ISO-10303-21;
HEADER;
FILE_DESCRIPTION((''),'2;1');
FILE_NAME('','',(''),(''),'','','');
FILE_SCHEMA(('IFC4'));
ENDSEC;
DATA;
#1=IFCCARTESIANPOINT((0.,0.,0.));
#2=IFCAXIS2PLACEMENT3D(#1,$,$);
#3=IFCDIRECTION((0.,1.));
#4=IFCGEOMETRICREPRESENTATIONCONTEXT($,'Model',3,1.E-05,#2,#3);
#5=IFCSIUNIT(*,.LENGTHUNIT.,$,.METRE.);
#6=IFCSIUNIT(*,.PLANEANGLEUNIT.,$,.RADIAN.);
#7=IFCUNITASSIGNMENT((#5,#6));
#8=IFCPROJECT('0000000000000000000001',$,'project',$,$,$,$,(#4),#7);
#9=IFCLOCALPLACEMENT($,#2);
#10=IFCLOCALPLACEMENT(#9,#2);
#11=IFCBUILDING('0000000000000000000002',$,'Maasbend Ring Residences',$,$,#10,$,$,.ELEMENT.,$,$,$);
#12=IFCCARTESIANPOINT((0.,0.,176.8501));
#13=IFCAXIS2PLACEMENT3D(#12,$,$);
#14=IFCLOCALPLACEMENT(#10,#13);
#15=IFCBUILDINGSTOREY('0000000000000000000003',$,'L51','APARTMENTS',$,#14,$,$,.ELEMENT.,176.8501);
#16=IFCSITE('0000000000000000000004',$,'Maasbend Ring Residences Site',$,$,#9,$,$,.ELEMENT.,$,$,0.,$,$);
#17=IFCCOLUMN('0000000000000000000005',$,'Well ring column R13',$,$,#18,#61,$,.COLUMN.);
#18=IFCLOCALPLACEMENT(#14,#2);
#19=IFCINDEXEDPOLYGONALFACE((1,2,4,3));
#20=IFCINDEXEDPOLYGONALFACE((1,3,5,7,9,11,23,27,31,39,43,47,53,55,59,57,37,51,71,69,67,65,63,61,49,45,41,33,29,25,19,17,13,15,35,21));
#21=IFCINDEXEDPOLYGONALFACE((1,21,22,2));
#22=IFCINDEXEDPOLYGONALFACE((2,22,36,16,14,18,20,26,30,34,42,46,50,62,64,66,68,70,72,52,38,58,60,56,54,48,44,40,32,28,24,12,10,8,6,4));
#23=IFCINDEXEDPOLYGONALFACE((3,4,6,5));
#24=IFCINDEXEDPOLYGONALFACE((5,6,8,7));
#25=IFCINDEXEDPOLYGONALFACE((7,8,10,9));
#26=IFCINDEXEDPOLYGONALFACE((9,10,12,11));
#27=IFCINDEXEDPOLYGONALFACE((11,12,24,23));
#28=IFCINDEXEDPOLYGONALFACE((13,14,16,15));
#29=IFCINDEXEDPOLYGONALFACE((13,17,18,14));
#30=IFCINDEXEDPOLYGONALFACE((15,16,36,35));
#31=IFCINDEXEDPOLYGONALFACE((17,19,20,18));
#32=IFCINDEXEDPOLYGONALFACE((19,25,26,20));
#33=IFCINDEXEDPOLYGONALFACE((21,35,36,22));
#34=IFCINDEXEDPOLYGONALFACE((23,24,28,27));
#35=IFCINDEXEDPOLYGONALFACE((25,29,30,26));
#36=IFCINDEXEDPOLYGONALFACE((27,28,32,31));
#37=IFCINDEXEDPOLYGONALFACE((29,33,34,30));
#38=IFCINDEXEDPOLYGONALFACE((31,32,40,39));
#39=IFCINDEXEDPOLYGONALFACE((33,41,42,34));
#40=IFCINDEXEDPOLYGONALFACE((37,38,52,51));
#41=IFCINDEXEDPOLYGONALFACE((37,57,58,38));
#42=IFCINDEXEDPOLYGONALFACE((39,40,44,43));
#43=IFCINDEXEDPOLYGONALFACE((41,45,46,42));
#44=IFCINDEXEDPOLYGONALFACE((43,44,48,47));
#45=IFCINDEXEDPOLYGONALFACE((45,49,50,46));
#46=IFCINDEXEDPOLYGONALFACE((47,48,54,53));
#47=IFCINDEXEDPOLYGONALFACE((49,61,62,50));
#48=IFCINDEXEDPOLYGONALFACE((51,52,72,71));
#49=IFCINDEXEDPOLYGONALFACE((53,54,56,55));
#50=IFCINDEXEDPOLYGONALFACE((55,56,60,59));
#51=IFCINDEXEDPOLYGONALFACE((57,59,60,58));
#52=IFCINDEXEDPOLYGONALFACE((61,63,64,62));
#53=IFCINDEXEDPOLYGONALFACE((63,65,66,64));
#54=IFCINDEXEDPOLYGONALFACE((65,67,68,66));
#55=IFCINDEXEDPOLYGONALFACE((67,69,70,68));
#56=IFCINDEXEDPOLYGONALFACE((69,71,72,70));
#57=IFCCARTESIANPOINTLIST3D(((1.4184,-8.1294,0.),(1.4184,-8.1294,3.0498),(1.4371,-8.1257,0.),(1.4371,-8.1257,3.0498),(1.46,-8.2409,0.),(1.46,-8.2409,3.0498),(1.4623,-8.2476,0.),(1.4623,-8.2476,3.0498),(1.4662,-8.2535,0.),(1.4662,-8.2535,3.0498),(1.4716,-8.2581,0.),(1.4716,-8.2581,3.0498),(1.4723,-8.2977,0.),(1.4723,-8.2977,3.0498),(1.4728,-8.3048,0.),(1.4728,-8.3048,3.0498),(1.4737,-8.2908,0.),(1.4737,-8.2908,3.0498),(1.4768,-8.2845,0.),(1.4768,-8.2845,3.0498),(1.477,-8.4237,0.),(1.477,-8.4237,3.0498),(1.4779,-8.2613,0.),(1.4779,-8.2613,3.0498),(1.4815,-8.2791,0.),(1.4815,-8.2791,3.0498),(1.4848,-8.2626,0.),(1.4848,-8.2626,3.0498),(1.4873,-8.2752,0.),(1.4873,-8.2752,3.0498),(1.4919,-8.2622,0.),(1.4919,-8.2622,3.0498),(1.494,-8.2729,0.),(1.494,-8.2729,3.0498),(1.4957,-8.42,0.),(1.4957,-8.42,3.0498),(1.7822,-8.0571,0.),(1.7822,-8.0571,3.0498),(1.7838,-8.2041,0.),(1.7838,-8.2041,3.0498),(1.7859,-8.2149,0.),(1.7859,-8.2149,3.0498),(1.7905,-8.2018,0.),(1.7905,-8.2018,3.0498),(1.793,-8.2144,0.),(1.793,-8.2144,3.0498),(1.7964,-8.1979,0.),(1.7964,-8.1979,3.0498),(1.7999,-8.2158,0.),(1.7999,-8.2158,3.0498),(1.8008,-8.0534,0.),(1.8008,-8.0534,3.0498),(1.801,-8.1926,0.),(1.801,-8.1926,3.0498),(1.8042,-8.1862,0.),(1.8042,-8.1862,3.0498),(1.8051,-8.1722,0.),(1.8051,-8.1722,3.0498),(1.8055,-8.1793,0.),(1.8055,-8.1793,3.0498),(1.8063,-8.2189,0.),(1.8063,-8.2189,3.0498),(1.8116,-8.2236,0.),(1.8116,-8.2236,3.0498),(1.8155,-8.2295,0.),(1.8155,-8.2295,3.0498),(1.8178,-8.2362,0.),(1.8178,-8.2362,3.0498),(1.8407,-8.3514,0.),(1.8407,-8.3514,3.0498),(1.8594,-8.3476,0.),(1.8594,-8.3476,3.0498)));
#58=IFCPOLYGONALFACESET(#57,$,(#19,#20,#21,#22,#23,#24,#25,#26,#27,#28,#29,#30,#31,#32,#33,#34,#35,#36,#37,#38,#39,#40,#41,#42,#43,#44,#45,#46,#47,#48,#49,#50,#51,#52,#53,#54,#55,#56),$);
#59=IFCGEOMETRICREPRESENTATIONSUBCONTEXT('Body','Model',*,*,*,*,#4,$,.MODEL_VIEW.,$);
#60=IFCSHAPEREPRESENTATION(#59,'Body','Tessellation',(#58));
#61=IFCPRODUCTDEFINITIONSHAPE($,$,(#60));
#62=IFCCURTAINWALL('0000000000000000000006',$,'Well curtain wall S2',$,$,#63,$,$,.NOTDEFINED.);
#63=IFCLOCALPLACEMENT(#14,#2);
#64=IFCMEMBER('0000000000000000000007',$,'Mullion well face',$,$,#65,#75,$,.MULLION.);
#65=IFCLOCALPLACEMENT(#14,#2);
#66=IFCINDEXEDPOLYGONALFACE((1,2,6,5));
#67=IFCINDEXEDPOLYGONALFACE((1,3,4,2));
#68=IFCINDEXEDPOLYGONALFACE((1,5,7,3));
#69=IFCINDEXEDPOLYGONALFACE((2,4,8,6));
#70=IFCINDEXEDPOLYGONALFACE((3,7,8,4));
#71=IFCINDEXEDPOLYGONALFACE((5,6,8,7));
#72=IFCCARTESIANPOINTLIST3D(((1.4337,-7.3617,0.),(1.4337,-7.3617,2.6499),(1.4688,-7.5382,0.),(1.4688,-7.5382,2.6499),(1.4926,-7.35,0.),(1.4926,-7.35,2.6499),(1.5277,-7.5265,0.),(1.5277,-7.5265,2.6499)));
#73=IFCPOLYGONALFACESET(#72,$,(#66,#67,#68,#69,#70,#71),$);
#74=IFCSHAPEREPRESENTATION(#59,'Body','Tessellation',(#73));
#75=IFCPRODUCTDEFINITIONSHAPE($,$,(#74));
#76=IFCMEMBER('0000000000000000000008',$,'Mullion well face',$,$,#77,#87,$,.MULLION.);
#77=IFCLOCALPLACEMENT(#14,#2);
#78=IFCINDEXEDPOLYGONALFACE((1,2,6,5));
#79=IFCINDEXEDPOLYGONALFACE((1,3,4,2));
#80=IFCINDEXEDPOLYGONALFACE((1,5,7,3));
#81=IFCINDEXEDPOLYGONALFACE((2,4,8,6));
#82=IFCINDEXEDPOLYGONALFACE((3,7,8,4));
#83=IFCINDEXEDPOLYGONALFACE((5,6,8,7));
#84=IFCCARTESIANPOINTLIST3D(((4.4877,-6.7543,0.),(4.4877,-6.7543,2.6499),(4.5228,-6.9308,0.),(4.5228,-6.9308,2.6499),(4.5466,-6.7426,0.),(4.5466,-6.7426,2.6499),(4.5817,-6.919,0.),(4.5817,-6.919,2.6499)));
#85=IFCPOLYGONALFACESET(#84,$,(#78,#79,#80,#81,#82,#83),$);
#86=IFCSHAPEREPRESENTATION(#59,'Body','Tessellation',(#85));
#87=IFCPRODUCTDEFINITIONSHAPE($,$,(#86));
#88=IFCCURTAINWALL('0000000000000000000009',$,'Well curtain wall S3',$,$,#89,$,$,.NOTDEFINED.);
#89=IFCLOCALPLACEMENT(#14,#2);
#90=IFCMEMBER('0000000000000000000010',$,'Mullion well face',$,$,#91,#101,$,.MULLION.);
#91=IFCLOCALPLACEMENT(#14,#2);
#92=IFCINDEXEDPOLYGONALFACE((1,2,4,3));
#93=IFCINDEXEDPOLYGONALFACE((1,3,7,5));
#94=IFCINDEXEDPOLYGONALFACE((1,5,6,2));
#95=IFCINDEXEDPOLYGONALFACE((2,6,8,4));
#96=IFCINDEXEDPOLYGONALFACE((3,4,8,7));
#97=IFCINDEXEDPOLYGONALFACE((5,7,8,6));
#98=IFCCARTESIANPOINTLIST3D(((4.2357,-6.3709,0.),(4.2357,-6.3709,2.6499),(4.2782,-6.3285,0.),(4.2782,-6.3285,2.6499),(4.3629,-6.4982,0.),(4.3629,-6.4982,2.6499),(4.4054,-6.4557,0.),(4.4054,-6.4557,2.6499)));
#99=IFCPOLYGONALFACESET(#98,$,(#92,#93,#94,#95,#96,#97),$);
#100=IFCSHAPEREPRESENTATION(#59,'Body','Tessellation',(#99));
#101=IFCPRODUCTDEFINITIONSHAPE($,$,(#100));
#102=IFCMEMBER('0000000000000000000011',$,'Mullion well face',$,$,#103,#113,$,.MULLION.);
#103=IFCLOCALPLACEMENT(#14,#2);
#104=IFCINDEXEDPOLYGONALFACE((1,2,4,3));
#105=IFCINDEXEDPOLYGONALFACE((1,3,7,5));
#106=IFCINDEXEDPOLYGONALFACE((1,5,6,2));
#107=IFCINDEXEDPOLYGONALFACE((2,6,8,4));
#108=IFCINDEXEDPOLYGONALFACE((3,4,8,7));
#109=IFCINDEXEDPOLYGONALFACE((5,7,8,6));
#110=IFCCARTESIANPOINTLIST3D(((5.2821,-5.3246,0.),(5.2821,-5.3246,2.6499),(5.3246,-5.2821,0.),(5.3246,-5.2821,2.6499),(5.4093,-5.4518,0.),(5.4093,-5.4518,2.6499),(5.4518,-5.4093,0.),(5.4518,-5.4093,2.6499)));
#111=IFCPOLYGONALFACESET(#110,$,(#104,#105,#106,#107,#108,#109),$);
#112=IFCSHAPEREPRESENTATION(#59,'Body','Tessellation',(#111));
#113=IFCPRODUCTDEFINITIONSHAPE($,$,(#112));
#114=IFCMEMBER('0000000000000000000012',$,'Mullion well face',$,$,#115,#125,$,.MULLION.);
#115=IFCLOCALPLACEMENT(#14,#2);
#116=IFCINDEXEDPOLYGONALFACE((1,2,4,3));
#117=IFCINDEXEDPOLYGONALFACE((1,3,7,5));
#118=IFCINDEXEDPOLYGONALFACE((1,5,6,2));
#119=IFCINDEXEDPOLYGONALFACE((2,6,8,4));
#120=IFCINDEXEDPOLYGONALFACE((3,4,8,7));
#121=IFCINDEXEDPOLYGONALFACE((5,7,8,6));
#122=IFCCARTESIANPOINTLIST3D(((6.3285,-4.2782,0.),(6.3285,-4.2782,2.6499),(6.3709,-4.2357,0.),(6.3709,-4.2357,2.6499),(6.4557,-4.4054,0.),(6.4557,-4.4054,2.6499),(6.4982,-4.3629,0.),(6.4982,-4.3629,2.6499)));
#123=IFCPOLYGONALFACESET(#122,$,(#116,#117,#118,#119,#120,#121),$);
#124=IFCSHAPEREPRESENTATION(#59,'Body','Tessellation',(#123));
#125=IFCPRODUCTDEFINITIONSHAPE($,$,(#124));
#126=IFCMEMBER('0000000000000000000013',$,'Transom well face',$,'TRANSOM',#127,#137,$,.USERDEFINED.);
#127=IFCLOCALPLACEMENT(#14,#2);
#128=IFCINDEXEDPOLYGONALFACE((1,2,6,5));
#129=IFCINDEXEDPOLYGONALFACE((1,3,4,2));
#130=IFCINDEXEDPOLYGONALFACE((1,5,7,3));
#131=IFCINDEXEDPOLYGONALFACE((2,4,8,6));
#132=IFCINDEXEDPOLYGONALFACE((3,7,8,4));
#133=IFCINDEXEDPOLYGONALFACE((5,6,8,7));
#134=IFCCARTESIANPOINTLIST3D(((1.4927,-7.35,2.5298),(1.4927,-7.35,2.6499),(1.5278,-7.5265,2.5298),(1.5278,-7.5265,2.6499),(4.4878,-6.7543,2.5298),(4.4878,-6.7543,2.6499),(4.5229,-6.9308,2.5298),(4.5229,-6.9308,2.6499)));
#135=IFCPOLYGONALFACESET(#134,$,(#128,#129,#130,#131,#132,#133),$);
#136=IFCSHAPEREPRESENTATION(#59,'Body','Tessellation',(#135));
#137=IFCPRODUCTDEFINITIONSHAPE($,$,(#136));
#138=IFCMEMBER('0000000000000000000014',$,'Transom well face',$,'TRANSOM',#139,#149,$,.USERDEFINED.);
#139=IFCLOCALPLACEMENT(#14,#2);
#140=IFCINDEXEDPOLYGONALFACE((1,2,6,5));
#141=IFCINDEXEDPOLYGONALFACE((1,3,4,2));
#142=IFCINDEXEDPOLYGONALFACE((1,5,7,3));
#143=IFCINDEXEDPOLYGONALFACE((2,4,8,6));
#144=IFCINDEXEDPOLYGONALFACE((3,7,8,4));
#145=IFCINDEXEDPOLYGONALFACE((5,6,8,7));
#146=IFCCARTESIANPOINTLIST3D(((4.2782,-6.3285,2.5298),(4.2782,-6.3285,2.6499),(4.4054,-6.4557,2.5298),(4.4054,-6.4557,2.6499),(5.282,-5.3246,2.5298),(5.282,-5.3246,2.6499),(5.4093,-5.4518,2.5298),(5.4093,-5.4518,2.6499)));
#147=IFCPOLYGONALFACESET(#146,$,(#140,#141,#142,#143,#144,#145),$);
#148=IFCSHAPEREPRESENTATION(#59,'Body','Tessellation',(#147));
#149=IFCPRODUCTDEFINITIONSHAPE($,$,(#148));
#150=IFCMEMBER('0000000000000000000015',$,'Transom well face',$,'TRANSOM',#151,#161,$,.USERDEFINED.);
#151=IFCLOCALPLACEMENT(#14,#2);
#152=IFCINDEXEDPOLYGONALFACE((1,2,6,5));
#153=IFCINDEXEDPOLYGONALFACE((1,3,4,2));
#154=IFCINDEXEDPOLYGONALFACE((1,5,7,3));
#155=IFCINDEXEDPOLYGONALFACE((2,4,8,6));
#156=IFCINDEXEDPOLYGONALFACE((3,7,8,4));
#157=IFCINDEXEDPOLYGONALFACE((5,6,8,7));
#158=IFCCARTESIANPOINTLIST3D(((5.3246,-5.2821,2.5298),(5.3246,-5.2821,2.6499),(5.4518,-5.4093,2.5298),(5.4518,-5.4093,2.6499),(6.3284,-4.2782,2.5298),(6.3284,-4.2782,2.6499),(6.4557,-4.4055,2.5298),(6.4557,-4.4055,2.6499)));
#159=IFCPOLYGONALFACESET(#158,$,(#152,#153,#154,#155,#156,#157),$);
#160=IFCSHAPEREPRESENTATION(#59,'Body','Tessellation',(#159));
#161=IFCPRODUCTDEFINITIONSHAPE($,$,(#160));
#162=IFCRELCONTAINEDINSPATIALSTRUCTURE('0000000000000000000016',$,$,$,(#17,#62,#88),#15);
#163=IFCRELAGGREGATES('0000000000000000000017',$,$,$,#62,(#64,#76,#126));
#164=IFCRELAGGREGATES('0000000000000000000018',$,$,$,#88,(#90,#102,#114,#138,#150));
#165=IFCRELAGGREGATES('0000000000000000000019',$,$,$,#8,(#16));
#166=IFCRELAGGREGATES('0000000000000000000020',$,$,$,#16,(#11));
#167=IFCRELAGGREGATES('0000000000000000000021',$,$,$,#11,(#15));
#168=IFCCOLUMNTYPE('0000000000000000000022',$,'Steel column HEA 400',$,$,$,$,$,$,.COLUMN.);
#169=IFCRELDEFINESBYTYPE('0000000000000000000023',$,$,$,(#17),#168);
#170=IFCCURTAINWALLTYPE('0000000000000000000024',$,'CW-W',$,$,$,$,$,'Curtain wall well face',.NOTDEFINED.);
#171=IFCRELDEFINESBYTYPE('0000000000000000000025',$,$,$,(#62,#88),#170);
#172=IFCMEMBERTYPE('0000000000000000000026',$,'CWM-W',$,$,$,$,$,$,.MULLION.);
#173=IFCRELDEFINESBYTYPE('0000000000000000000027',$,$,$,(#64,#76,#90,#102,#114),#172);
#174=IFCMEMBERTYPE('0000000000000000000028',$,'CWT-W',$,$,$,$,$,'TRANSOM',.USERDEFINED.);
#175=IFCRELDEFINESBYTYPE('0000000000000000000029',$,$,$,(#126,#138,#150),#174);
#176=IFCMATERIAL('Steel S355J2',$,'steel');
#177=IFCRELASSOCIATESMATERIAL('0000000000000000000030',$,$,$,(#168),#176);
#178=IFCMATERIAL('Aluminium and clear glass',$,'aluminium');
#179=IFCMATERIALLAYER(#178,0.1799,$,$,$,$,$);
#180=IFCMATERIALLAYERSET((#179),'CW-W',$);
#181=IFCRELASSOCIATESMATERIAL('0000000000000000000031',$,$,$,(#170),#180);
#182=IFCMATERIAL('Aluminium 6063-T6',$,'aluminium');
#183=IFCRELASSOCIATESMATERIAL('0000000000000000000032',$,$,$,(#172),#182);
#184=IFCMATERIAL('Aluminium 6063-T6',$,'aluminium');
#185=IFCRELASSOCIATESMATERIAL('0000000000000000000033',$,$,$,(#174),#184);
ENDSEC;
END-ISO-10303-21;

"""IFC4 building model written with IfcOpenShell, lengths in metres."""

from ifc_helpers import new_model, si_unit, direction, frame, origin, origin_2d, place, context, subcontext, project, spatial, rectangle, i_section, extrude, material, layer, layer_set, material_profile, profile_set, type_object, element, aggregate, save


model = new_model("IFC4")

# Units and contexts
model_context = context("Model", 3, precision=1e-05, world=origin(), true_north=direction((0.0, 1.0)))
body_context = subcontext(model_context, "Body", "Model", "MODEL_VIEW")
ifc_project = project(units=[si_unit("LENGTHUNIT", "METRE"), si_unit("PLANEANGLEUNIT", "RADIAN")], contexts=[model_context])

# Site, building, storey
site_placement = place(None, origin())
site = spatial("IfcSite", under=ifc_project, at=site_placement, Name="Maasbend Ring Residences Site", CompositionType="ELEMENT", RefElevation=0.0)
building_placement = place(site_placement, origin())
building = spatial("IfcBuilding", under=site, at=building_placement, Name="Maasbend Ring Residences", CompositionType="ELEMENT")
storey_placement = place(building_placement, frame((0.0, 0.0, 176.8501)))
storey = spatial("IfcBuildingStorey", under=building, at=storey_placement, Name="L51", Description="APARTMENTS", CompositionType="ELEMENT", Elevation=176.8501)

# Column
ifc_material_1 = material(Name="Steel S355J2", Category="steel")
ifc_material_profile_1 = material_profile(ifc_material_1, i_section(OverallWidth=0.3, OverallDepth=0.3899, WebThickness=0.011, FlangeThickness=0.019, FilletRadius=0.0271, at=origin_2d()), Name="HEA 400")
ifc_profile_set_1 = profile_set([ifc_material_profile_1], Name="Steel S355J2")
column_type = type_object("IfcColumnType", Name="Steel column HEA 400", PredefinedType="COLUMN", material=ifc_profile_set_1)
column_placement = place(storey_placement, frame((1.6389, -8.2385, 0.0), z_axis=(0.0, 0.0, 1.0), x_axis=(0.19509, -0.980785, 0.0)))
element("IfcColumn", 1, at=column_placement, inside=storey, type_object=column_type, Name="Well ring column R13", PredefinedType="COLUMN", context=body_context, shape_type="SweptSolid", body=[
    extrude(i_section(OverallWidth=0.3, OverallDepth=0.3899, WebThickness=0.011, FlangeThickness=0.019, FilletRadius=0.0271, at=origin_2d()), origin(), (0.0, 0.0, 1.0), 3.0498),
])

# Curtain walls, members
ifc_material_2 = material(Name="Aluminium and clear glass", Category="aluminium")
ifc_layer_1 = layer(ifc_material_2, 0.1799)
ifc_layer_set_1 = layer_set([ifc_layer_1], Name="CW-W")
curtain_wall_type = type_object("IfcCurtainWallType", Name="CW-W", ElementType="Curtain wall well face", PredefinedType="NOTDEFINED", material=ifc_layer_set_1)
curtain_wall_1_placement = place(storey_placement, origin())
curtain_wall_1 = element("IfcCurtainWall", 2, at=curtain_wall_1_placement, inside=storey, type_object=curtain_wall_type, Name="Well curtain wall S2", PredefinedType="NOTDEFINED")
ifc_material_3 = material(Name="Aluminium 6063-T6", Category="aluminium")
ifc_material_profile_2 = material_profile(ifc_material_3, rectangle(XDim=0.1799, YDim=0.0601, at=origin_2d()), Name="AL 180x60")
ifc_profile_set_2 = profile_set([ifc_material_profile_2], Name="Aluminium 6063-T6")
member_type_1 = type_object("IfcMemberType", Name="CWM-W", PredefinedType="MULLION", material=ifc_profile_set_2)
member_1_placement = place(storey_placement, frame((1.4807, -7.4441, 0.0), z_axis=(0.0, 0.0, 1.0), x_axis=(-0.19509, 0.980785, 0.0)))
member_1 = element("IfcMember", 3, at=member_1_placement, type_object=member_type_1, Name="Mullion well face", PredefinedType="MULLION", context=body_context, shape_type="SweptSolid", body=[
    extrude(rectangle(XDim=0.1799, YDim=0.0601, at=origin_2d()), origin(), (0.0, 0.0, 1.0), 2.6499),
])
member_2_placement = place(storey_placement, frame((4.5347, -6.8367, 0.0), z_axis=(0.0, 0.0, 1.0), x_axis=(-0.19509, 0.980785, 0.0)))
member_2 = element("IfcMember", 4, at=member_2_placement, type_object=member_type_1, Name="Mullion well face", PredefinedType="MULLION", context=body_context, shape_type="SweptSolid", body=[
    extrude(rectangle(XDim=0.1799, YDim=0.0601, at=origin_2d()), origin(), (0.0, 0.0, 1.0), 2.6499),
])
curtain_wall_2_placement = place(storey_placement, origin())
curtain_wall_2 = element("IfcCurtainWall", 5, at=curtain_wall_2_placement, inside=storey, type_object=curtain_wall_type, Name="Well curtain wall S3", PredefinedType="NOTDEFINED")
member_3_placement = place(storey_placement, frame((4.3206, -6.4133, 0.0), z_axis=(0.0, 0.0, 1.0), x_axis=(-0.707107, 0.707107, 0.0)))
member_3 = element("IfcMember", 6, at=member_3_placement, type_object=member_type_1, Name="Mullion well face", PredefinedType="MULLION", context=body_context, shape_type="SweptSolid", body=[
    extrude(rectangle(XDim=0.1799, YDim=0.0601, at=origin_2d()), origin(), (0.0, 0.0, 1.0), 2.6499),
])
member_4_placement = place(storey_placement, frame((5.3669, -5.3669, 0.0), z_axis=(0.0, 0.0, 1.0), x_axis=(-0.707107, 0.707107, 0.0)))
member_4 = element("IfcMember", 7, at=member_4_placement, type_object=member_type_1, Name="Mullion well face", PredefinedType="MULLION", context=body_context, shape_type="SweptSolid", body=[
    extrude(rectangle(XDim=0.1799, YDim=0.0601, at=origin_2d()), origin(), (0.0, 0.0, 1.0), 2.6499),
])
member_5_placement = place(storey_placement, frame((6.4133, -4.3206, 0.0), z_axis=(0.0, 0.0, 1.0), x_axis=(-0.707107, 0.707107, 0.0)))
member_5 = element("IfcMember", 8, at=member_5_placement, type_object=member_type_1, Name="Mullion well face", PredefinedType="MULLION", context=body_context, shape_type="SweptSolid", body=[
    extrude(rectangle(XDim=0.1799, YDim=0.0601, at=origin_2d()), origin(), (0.0, 0.0, 1.0), 2.6499),
])

# Members
ifc_material_4 = material(Name="Aluminium 6063-T6", Category="aluminium")
ifc_material_profile_3 = material_profile(ifc_material_4, rectangle(XDim=0.1799, YDim=0.1201, at=origin_2d()), Name="AL 180x120")
ifc_profile_set_3 = profile_set([ifc_material_profile_3], Name="Aluminium 6063-T6")
member_type_2 = type_object("IfcMemberType", Name="CWT-W", ElementType="TRANSOM", PredefinedType="USERDEFINED", material=ifc_profile_set_3)
member_6_placement = place(storey_placement, frame((1.5103, -7.4382, 2.5898), z_axis=(0.980789, 0.195071, 0.0), x_axis=(-0.195071, 0.980789, 0.0)))
member_6 = element("IfcMember", 9, at=member_6_placement, type_object=member_type_2, Name="Transom well face", ObjectType="TRANSOM", PredefinedType="USERDEFINED", context=body_context, shape_type="SweptSolid", body=[
    extrude(rectangle(XDim=0.1799, YDim=0.1201, at=origin_2d()), origin(), (0.0, 0.0, 1.0), 3.0537),
])
member_7_placement = place(storey_placement, frame((4.3418, -6.3921, 2.5898), z_axis=(0.707107, 0.707107, 0.0), x_axis=(-0.707107, 0.707107, 0.0)))
member_7 = element("IfcMember", 10, at=member_7_placement, type_object=member_type_2, Name="Transom well face", ObjectType="TRANSOM", PredefinedType="USERDEFINED", context=body_context, shape_type="SweptSolid", body=[
    extrude(rectangle(XDim=0.1799, YDim=0.1201, at=origin_2d()), origin(), (0.0, 0.0, 1.0), 1.4197),
])
member_8_placement = place(storey_placement, frame((5.3882, -5.3457, 2.5898), z_axis=(0.707107, 0.707107, 0.0), x_axis=(-0.707107, 0.707107, 0.0)))
member_8 = element("IfcMember", 11, at=member_8_placement, type_object=member_type_2, Name="Transom well face", ObjectType="TRANSOM", PredefinedType="USERDEFINED", context=body_context, shape_type="SweptSolid", body=[
    extrude(rectangle(XDim=0.1799, YDim=0.1201, at=origin_2d()), origin(), (0.0, 0.0, 1.0), 1.4197),
])

aggregate(curtain_wall_1, [member_1, member_2, member_6])
aggregate(curtain_wall_2, [member_3, member_4, member_5, member_7, member_8])

save(model, "model.ifc")
